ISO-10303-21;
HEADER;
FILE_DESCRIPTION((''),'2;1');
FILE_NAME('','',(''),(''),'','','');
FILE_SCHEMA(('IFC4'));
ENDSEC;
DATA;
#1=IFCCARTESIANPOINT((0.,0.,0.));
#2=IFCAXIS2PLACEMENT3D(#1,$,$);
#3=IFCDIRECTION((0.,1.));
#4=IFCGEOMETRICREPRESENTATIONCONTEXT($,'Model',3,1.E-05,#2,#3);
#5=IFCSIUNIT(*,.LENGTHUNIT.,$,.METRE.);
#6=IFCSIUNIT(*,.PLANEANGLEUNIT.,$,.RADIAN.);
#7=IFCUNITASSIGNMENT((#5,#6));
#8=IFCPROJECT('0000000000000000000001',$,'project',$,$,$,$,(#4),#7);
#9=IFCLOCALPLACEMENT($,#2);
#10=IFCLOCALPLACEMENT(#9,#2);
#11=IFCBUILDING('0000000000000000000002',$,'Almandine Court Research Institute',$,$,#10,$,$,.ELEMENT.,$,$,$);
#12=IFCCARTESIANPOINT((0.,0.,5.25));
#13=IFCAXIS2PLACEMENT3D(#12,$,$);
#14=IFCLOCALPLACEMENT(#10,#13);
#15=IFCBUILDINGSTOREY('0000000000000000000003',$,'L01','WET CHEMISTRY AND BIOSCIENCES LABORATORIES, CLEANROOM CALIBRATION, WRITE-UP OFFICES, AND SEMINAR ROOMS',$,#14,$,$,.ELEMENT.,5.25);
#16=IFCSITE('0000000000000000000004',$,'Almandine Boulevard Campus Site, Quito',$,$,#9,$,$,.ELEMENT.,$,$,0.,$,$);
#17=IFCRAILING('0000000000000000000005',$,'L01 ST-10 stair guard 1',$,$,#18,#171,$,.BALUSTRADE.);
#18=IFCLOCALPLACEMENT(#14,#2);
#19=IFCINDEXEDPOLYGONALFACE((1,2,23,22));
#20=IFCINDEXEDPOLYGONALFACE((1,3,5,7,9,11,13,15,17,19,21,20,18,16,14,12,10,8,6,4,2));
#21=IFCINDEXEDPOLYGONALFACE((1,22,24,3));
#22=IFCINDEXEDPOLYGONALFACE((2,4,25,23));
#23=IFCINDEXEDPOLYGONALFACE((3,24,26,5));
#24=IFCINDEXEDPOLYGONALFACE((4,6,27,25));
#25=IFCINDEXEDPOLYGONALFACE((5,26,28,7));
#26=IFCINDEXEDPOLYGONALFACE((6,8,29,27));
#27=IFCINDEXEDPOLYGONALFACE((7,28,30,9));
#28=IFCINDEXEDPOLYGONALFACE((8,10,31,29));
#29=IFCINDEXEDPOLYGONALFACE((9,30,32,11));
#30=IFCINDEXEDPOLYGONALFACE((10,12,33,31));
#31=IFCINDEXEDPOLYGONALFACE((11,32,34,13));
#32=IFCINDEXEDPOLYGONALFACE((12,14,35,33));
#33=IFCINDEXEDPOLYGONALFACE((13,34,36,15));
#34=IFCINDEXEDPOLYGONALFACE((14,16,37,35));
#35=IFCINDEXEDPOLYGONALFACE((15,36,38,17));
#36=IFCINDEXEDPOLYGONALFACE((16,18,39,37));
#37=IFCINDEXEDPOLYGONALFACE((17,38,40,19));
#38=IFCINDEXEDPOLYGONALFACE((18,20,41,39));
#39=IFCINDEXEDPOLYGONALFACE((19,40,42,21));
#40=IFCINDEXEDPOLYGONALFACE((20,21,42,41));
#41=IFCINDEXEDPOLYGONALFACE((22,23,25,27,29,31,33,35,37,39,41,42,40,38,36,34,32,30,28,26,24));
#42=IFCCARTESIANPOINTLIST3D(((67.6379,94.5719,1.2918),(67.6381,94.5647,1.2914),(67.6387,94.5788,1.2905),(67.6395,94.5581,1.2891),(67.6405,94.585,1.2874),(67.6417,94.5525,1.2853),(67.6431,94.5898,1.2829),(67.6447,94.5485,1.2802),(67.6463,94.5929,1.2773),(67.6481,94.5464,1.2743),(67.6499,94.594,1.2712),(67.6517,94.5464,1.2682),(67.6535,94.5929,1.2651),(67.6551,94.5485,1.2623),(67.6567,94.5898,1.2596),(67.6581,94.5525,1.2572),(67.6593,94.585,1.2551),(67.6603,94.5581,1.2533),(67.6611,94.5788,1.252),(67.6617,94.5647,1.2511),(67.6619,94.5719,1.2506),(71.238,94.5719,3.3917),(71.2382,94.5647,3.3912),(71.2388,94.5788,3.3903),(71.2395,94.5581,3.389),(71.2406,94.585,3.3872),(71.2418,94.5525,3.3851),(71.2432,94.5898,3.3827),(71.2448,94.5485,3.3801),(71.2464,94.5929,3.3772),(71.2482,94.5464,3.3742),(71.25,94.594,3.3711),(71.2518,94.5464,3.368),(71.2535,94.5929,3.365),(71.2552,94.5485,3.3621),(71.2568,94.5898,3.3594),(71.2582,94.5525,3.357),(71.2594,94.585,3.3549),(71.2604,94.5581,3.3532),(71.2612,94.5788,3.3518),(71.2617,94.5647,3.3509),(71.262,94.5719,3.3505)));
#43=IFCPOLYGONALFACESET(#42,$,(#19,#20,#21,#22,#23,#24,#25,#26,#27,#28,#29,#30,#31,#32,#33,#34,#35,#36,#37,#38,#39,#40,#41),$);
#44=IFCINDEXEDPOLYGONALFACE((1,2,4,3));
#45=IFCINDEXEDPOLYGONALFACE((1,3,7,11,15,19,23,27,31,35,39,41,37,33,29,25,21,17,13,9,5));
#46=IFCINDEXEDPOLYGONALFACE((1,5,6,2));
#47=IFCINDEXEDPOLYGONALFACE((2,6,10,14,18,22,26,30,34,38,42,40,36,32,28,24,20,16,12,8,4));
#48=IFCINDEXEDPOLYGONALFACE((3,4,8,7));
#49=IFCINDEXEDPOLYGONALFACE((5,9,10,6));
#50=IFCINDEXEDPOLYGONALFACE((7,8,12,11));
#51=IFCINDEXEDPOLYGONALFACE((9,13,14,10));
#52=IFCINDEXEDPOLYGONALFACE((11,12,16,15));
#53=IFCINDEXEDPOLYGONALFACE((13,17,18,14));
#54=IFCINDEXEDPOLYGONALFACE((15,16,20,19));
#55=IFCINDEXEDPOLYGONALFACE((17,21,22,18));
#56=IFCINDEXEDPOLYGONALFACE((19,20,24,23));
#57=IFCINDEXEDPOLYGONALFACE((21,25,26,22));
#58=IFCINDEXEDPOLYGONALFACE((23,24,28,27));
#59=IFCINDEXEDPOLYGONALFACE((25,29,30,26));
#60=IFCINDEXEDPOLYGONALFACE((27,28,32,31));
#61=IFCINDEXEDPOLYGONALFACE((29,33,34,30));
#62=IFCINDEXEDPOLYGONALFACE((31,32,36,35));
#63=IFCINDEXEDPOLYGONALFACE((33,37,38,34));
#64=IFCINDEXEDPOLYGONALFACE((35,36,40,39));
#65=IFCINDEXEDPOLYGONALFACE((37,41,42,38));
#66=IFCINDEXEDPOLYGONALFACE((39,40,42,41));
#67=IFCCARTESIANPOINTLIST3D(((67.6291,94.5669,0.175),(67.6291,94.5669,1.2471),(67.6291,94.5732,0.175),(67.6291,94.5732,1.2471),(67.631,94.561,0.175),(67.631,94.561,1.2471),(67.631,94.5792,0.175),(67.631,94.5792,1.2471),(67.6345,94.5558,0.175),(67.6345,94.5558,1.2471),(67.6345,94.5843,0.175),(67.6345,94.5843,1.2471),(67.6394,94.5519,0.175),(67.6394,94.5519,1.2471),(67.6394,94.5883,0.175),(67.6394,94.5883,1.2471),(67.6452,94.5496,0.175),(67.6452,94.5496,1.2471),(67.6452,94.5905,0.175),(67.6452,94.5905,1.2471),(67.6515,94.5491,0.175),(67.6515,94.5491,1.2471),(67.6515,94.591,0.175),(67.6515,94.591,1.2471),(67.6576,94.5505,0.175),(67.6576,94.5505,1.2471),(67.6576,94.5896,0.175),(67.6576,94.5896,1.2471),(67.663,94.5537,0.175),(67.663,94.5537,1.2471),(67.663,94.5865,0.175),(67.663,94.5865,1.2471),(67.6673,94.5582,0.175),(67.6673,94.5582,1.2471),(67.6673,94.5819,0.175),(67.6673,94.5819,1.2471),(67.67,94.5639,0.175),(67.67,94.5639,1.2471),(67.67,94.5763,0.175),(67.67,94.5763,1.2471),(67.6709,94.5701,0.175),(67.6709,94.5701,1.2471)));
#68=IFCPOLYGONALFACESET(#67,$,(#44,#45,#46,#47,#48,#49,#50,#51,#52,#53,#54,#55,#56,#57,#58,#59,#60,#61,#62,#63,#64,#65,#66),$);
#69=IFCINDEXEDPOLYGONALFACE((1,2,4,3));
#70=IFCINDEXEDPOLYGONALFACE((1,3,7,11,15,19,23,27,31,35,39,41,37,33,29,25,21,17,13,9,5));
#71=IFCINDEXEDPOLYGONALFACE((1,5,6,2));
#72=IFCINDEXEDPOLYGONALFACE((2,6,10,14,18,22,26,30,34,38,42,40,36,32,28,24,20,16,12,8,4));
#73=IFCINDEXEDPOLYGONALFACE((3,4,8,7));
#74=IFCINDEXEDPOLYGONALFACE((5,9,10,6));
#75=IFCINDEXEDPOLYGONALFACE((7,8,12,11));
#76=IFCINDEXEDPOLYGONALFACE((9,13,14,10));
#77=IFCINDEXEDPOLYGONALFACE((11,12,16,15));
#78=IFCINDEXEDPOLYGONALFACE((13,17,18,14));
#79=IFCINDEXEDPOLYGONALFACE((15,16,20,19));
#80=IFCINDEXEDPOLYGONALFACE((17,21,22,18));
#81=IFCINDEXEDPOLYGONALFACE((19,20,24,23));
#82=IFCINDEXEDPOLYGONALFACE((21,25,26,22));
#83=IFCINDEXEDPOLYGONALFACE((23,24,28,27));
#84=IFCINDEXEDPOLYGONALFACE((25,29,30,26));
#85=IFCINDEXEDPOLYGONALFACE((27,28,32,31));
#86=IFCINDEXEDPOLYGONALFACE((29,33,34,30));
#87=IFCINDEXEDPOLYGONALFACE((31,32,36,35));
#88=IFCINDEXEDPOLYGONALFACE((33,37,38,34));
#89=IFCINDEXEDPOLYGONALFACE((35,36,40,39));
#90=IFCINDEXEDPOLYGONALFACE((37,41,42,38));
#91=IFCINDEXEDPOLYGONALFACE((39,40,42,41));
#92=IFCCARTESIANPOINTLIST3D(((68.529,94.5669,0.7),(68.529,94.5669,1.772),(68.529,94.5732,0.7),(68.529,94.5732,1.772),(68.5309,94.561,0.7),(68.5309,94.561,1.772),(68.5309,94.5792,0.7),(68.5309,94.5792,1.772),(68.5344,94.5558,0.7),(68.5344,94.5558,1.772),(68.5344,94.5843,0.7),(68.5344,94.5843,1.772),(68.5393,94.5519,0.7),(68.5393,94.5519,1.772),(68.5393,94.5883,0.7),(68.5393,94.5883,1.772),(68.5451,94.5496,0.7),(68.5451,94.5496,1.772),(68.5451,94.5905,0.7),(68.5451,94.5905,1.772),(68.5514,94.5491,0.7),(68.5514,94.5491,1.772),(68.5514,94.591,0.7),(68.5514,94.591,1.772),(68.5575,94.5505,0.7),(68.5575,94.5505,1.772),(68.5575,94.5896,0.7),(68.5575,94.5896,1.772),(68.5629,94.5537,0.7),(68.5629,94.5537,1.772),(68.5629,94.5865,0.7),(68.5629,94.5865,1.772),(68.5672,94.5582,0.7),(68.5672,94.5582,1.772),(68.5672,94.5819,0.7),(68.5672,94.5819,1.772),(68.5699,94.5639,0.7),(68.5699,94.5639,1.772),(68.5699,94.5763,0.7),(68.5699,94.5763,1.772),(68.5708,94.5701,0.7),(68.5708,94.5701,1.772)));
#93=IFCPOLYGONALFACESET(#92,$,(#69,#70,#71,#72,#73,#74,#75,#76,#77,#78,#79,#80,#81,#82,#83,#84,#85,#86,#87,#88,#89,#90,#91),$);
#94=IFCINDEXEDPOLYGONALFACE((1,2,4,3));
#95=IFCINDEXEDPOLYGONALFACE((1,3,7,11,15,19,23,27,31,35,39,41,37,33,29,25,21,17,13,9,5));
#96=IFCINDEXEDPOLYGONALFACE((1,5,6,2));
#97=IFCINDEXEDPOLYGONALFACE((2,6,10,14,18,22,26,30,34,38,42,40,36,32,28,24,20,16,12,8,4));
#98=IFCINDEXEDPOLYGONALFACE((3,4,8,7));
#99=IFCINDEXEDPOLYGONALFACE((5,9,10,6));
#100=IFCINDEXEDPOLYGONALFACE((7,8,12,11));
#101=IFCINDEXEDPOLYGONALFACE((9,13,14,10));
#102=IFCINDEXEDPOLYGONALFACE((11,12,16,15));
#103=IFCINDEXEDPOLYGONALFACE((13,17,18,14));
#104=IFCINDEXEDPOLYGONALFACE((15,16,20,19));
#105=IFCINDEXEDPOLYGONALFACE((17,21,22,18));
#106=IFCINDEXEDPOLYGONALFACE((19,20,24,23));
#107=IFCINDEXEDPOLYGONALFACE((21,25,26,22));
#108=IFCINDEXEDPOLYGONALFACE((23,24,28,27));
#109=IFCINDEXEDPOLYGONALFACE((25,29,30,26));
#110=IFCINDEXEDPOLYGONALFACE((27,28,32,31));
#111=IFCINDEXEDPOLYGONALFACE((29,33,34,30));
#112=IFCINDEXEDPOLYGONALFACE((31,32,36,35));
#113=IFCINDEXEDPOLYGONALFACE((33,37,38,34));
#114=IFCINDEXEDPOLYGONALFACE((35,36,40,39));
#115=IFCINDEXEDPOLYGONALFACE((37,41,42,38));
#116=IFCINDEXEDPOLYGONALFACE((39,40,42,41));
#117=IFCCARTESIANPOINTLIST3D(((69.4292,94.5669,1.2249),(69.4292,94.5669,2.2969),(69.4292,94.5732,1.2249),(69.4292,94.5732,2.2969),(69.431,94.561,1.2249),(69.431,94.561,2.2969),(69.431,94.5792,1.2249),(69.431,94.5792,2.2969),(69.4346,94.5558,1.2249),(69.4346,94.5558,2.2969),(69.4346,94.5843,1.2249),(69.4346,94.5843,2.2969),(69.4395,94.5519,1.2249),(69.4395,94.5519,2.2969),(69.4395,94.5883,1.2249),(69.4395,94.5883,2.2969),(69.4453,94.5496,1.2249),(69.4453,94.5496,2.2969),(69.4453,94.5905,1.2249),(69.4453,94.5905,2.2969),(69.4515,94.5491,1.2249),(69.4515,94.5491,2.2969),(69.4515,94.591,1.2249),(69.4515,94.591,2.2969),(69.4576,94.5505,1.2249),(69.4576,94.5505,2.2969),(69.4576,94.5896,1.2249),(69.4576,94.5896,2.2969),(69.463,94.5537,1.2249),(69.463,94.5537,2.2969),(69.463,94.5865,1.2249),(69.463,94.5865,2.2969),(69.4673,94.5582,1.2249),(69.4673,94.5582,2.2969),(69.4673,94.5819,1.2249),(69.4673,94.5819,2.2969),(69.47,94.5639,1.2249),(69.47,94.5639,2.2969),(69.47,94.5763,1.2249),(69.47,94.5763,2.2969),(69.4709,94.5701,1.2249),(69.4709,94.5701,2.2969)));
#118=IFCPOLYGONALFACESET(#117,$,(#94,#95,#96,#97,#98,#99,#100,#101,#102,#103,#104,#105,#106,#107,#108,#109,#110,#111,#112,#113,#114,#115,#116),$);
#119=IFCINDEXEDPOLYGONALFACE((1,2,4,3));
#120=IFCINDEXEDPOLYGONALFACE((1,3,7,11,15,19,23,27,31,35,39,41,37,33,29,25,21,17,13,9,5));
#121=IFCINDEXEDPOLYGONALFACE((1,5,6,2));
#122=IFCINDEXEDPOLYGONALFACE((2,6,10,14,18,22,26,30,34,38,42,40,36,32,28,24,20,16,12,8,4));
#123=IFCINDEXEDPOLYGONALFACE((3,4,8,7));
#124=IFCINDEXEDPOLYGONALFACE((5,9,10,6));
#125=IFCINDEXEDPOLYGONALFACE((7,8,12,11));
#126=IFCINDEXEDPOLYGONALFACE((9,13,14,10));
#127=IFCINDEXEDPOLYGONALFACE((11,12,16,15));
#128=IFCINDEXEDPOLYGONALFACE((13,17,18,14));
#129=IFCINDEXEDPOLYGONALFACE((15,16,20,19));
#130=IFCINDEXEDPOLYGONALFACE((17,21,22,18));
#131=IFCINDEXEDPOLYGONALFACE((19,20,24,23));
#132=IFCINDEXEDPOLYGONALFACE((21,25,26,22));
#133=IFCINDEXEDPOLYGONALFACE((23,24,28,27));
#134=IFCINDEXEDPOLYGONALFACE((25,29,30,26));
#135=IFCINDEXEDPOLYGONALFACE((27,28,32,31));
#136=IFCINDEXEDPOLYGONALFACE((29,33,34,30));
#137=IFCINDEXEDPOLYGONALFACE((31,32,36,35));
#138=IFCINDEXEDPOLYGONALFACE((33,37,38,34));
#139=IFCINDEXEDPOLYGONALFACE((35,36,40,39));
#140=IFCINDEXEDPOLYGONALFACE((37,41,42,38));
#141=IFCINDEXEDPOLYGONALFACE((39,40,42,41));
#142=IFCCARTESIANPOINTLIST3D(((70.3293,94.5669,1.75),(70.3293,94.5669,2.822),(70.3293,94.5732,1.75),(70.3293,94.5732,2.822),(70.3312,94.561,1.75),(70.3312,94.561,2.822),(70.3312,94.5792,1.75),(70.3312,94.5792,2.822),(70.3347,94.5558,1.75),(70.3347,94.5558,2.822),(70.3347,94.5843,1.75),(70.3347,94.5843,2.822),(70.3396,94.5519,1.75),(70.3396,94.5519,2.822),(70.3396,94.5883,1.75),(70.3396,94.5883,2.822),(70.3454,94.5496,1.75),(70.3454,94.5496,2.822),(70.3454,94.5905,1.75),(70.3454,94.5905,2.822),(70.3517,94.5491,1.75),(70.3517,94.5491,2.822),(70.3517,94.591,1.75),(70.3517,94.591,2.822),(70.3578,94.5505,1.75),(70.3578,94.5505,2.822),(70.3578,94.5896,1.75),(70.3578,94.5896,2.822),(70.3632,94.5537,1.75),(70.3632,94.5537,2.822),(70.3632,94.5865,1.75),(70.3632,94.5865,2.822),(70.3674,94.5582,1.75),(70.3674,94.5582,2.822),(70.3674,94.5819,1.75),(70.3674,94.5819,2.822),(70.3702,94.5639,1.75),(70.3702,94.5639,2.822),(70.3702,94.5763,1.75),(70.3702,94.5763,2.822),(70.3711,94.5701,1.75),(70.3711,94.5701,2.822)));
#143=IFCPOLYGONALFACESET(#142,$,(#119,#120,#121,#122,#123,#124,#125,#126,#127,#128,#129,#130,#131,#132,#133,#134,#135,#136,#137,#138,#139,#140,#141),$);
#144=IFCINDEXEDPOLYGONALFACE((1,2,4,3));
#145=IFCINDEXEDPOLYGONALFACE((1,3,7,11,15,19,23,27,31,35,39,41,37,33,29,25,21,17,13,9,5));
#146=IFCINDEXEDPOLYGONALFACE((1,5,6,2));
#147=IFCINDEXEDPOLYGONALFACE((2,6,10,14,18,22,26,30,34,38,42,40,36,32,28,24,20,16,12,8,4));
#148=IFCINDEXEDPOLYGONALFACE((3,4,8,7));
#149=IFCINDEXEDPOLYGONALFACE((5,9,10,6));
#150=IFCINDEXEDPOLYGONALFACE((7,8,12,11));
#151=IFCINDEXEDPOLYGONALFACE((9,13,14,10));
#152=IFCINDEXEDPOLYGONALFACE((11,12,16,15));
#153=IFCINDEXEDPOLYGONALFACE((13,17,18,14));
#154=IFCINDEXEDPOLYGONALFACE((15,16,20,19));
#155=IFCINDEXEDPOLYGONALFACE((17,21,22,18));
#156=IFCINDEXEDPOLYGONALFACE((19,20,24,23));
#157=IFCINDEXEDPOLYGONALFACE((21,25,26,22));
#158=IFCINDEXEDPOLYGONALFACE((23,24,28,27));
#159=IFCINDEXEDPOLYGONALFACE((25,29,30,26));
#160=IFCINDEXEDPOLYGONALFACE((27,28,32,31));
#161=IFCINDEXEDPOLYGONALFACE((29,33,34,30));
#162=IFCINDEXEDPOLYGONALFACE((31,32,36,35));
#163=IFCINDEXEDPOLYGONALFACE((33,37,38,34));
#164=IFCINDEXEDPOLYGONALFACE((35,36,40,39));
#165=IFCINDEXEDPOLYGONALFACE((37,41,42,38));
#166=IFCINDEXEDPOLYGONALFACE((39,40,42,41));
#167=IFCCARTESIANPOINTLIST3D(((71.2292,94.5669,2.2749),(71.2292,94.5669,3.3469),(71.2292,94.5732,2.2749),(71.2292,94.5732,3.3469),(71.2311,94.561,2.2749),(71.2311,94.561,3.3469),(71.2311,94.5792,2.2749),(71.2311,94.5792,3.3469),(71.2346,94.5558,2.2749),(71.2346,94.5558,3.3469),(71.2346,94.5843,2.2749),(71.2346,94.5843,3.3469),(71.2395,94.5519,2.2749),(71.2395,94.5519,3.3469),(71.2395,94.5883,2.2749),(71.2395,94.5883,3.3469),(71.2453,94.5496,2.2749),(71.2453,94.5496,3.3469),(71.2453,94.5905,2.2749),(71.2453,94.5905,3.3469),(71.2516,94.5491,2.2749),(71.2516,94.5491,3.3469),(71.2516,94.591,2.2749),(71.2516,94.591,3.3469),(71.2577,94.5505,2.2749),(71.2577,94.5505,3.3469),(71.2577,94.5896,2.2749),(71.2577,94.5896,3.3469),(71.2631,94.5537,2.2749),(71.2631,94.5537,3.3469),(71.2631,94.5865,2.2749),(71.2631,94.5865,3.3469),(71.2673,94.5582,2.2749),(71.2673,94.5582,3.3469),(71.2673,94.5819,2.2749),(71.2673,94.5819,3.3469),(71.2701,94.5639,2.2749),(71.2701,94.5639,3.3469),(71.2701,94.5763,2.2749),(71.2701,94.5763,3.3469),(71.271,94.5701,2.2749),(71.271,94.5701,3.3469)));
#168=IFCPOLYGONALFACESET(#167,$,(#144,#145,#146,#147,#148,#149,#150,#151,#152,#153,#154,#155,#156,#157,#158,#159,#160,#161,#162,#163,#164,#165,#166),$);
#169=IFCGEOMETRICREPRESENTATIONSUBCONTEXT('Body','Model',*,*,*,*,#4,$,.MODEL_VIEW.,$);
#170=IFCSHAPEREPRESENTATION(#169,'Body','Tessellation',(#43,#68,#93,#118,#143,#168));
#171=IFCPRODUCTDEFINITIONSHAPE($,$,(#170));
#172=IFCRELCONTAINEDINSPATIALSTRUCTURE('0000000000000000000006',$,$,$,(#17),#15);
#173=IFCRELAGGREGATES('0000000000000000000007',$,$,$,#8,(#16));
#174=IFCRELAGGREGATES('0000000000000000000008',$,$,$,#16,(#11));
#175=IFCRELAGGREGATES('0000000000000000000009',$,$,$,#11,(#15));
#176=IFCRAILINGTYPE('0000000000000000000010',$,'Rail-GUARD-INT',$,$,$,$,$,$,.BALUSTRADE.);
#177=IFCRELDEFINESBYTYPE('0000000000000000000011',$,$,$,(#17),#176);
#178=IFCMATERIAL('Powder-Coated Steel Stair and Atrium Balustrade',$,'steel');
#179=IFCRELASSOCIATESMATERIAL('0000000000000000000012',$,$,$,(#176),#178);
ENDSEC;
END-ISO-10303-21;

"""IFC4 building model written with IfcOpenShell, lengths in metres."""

from ifc_helpers import new_model, si_unit, direction, frame, origin, origin_2d, place, context, subcontext, project, spatial, circle, extrude, material, type_object, element, save


model = new_model("IFC4")

# Units and contexts
model_context = context("Model", 3, precision=1e-05, world=origin(), true_north=direction((0.0, 1.0)))
body_context = subcontext(model_context, "Body", "Model", "MODEL_VIEW")
ifc_project = project(units=[si_unit("LENGTHUNIT", "METRE"), si_unit("PLANEANGLEUNIT", "RADIAN")], contexts=[model_context])

# Site, building, storey
site_placement = place(None, origin())
site = spatial("IfcSite", under=ifc_project, at=site_placement, Name="Almandine Boulevard Campus Site, Quito", CompositionType="ELEMENT", RefElevation=0.0)
building_placement = place(site_placement, origin())
building = spatial("IfcBuilding", under=site, at=building_placement, Name="Almandine Court Research Institute", CompositionType="ELEMENT")
storey_placement = place(building_placement, frame((0.0, 0.0, 5.25)))
storey = spatial("IfcBuildingStorey", under=building, at=storey_placement, Name="L01", Description="WET CHEMISTRY AND BIOSCIENCES LABORATORIES, CLEANROOM CALIBRATION, WRITE-UP OFFICES, AND SEMINAR ROOMS", CompositionType="ELEMENT", Elevation=5.25)

# Railing
ifc_material_1 = material(Name="Powder-Coated Steel Stair and Atrium Balustrade", Category="steel")
railing_type_1 = type_object("IfcRailingType", Name="Rail-GUARD-INT", PredefinedType="BALUSTRADE", material=ifc_material_1)
railing_1_placement = place(storey_placement, frame((67.6499, 94.5701, 0.175)))
element("IfcRailing", 1, at=railing_1_placement, inside=storey, type_object=railing_type_1, Name="L01 ST-10 stair guard 1", PredefinedType="BALUSTRADE", context=body_context, shape_type="SweptSolid", body=[
    extrude(circle(Radius=0.0239, at=origin_2d()), frame((0.0, 0.0, 1.0962), z_axis=(0.8638, 0.0, 0.503835), x_axis=(0.0, 1.0, 0.0)), (0.0, 0.0, 1.0), 4.1677),
    extrude(circle(Radius=0.021, at=origin_2d()), origin(), (0.0, 0.0, 1.0), 1.072),
    extrude(circle(Radius=0.021, at=origin_2d()), frame((0.8999, 0.0, 0.5249)), (0.0, 0.0, 1.0), 1.072),
    extrude(circle(Radius=0.021, at=origin_2d()), frame((1.8, 0.0, 1.0498)), (0.0, 0.0, 1.0), 1.072),
    extrude(circle(Radius=0.021, at=origin_2d()), frame((2.7002, 0.0, 1.575)), (0.0, 0.0, 1.0), 1.072),
    extrude(circle(Radius=0.021, at=origin_2d()), frame((3.6001, 0.0, 2.0999)), (0.0, 0.0, 1.0), 1.072),
])

save(model, "model.ifc")
